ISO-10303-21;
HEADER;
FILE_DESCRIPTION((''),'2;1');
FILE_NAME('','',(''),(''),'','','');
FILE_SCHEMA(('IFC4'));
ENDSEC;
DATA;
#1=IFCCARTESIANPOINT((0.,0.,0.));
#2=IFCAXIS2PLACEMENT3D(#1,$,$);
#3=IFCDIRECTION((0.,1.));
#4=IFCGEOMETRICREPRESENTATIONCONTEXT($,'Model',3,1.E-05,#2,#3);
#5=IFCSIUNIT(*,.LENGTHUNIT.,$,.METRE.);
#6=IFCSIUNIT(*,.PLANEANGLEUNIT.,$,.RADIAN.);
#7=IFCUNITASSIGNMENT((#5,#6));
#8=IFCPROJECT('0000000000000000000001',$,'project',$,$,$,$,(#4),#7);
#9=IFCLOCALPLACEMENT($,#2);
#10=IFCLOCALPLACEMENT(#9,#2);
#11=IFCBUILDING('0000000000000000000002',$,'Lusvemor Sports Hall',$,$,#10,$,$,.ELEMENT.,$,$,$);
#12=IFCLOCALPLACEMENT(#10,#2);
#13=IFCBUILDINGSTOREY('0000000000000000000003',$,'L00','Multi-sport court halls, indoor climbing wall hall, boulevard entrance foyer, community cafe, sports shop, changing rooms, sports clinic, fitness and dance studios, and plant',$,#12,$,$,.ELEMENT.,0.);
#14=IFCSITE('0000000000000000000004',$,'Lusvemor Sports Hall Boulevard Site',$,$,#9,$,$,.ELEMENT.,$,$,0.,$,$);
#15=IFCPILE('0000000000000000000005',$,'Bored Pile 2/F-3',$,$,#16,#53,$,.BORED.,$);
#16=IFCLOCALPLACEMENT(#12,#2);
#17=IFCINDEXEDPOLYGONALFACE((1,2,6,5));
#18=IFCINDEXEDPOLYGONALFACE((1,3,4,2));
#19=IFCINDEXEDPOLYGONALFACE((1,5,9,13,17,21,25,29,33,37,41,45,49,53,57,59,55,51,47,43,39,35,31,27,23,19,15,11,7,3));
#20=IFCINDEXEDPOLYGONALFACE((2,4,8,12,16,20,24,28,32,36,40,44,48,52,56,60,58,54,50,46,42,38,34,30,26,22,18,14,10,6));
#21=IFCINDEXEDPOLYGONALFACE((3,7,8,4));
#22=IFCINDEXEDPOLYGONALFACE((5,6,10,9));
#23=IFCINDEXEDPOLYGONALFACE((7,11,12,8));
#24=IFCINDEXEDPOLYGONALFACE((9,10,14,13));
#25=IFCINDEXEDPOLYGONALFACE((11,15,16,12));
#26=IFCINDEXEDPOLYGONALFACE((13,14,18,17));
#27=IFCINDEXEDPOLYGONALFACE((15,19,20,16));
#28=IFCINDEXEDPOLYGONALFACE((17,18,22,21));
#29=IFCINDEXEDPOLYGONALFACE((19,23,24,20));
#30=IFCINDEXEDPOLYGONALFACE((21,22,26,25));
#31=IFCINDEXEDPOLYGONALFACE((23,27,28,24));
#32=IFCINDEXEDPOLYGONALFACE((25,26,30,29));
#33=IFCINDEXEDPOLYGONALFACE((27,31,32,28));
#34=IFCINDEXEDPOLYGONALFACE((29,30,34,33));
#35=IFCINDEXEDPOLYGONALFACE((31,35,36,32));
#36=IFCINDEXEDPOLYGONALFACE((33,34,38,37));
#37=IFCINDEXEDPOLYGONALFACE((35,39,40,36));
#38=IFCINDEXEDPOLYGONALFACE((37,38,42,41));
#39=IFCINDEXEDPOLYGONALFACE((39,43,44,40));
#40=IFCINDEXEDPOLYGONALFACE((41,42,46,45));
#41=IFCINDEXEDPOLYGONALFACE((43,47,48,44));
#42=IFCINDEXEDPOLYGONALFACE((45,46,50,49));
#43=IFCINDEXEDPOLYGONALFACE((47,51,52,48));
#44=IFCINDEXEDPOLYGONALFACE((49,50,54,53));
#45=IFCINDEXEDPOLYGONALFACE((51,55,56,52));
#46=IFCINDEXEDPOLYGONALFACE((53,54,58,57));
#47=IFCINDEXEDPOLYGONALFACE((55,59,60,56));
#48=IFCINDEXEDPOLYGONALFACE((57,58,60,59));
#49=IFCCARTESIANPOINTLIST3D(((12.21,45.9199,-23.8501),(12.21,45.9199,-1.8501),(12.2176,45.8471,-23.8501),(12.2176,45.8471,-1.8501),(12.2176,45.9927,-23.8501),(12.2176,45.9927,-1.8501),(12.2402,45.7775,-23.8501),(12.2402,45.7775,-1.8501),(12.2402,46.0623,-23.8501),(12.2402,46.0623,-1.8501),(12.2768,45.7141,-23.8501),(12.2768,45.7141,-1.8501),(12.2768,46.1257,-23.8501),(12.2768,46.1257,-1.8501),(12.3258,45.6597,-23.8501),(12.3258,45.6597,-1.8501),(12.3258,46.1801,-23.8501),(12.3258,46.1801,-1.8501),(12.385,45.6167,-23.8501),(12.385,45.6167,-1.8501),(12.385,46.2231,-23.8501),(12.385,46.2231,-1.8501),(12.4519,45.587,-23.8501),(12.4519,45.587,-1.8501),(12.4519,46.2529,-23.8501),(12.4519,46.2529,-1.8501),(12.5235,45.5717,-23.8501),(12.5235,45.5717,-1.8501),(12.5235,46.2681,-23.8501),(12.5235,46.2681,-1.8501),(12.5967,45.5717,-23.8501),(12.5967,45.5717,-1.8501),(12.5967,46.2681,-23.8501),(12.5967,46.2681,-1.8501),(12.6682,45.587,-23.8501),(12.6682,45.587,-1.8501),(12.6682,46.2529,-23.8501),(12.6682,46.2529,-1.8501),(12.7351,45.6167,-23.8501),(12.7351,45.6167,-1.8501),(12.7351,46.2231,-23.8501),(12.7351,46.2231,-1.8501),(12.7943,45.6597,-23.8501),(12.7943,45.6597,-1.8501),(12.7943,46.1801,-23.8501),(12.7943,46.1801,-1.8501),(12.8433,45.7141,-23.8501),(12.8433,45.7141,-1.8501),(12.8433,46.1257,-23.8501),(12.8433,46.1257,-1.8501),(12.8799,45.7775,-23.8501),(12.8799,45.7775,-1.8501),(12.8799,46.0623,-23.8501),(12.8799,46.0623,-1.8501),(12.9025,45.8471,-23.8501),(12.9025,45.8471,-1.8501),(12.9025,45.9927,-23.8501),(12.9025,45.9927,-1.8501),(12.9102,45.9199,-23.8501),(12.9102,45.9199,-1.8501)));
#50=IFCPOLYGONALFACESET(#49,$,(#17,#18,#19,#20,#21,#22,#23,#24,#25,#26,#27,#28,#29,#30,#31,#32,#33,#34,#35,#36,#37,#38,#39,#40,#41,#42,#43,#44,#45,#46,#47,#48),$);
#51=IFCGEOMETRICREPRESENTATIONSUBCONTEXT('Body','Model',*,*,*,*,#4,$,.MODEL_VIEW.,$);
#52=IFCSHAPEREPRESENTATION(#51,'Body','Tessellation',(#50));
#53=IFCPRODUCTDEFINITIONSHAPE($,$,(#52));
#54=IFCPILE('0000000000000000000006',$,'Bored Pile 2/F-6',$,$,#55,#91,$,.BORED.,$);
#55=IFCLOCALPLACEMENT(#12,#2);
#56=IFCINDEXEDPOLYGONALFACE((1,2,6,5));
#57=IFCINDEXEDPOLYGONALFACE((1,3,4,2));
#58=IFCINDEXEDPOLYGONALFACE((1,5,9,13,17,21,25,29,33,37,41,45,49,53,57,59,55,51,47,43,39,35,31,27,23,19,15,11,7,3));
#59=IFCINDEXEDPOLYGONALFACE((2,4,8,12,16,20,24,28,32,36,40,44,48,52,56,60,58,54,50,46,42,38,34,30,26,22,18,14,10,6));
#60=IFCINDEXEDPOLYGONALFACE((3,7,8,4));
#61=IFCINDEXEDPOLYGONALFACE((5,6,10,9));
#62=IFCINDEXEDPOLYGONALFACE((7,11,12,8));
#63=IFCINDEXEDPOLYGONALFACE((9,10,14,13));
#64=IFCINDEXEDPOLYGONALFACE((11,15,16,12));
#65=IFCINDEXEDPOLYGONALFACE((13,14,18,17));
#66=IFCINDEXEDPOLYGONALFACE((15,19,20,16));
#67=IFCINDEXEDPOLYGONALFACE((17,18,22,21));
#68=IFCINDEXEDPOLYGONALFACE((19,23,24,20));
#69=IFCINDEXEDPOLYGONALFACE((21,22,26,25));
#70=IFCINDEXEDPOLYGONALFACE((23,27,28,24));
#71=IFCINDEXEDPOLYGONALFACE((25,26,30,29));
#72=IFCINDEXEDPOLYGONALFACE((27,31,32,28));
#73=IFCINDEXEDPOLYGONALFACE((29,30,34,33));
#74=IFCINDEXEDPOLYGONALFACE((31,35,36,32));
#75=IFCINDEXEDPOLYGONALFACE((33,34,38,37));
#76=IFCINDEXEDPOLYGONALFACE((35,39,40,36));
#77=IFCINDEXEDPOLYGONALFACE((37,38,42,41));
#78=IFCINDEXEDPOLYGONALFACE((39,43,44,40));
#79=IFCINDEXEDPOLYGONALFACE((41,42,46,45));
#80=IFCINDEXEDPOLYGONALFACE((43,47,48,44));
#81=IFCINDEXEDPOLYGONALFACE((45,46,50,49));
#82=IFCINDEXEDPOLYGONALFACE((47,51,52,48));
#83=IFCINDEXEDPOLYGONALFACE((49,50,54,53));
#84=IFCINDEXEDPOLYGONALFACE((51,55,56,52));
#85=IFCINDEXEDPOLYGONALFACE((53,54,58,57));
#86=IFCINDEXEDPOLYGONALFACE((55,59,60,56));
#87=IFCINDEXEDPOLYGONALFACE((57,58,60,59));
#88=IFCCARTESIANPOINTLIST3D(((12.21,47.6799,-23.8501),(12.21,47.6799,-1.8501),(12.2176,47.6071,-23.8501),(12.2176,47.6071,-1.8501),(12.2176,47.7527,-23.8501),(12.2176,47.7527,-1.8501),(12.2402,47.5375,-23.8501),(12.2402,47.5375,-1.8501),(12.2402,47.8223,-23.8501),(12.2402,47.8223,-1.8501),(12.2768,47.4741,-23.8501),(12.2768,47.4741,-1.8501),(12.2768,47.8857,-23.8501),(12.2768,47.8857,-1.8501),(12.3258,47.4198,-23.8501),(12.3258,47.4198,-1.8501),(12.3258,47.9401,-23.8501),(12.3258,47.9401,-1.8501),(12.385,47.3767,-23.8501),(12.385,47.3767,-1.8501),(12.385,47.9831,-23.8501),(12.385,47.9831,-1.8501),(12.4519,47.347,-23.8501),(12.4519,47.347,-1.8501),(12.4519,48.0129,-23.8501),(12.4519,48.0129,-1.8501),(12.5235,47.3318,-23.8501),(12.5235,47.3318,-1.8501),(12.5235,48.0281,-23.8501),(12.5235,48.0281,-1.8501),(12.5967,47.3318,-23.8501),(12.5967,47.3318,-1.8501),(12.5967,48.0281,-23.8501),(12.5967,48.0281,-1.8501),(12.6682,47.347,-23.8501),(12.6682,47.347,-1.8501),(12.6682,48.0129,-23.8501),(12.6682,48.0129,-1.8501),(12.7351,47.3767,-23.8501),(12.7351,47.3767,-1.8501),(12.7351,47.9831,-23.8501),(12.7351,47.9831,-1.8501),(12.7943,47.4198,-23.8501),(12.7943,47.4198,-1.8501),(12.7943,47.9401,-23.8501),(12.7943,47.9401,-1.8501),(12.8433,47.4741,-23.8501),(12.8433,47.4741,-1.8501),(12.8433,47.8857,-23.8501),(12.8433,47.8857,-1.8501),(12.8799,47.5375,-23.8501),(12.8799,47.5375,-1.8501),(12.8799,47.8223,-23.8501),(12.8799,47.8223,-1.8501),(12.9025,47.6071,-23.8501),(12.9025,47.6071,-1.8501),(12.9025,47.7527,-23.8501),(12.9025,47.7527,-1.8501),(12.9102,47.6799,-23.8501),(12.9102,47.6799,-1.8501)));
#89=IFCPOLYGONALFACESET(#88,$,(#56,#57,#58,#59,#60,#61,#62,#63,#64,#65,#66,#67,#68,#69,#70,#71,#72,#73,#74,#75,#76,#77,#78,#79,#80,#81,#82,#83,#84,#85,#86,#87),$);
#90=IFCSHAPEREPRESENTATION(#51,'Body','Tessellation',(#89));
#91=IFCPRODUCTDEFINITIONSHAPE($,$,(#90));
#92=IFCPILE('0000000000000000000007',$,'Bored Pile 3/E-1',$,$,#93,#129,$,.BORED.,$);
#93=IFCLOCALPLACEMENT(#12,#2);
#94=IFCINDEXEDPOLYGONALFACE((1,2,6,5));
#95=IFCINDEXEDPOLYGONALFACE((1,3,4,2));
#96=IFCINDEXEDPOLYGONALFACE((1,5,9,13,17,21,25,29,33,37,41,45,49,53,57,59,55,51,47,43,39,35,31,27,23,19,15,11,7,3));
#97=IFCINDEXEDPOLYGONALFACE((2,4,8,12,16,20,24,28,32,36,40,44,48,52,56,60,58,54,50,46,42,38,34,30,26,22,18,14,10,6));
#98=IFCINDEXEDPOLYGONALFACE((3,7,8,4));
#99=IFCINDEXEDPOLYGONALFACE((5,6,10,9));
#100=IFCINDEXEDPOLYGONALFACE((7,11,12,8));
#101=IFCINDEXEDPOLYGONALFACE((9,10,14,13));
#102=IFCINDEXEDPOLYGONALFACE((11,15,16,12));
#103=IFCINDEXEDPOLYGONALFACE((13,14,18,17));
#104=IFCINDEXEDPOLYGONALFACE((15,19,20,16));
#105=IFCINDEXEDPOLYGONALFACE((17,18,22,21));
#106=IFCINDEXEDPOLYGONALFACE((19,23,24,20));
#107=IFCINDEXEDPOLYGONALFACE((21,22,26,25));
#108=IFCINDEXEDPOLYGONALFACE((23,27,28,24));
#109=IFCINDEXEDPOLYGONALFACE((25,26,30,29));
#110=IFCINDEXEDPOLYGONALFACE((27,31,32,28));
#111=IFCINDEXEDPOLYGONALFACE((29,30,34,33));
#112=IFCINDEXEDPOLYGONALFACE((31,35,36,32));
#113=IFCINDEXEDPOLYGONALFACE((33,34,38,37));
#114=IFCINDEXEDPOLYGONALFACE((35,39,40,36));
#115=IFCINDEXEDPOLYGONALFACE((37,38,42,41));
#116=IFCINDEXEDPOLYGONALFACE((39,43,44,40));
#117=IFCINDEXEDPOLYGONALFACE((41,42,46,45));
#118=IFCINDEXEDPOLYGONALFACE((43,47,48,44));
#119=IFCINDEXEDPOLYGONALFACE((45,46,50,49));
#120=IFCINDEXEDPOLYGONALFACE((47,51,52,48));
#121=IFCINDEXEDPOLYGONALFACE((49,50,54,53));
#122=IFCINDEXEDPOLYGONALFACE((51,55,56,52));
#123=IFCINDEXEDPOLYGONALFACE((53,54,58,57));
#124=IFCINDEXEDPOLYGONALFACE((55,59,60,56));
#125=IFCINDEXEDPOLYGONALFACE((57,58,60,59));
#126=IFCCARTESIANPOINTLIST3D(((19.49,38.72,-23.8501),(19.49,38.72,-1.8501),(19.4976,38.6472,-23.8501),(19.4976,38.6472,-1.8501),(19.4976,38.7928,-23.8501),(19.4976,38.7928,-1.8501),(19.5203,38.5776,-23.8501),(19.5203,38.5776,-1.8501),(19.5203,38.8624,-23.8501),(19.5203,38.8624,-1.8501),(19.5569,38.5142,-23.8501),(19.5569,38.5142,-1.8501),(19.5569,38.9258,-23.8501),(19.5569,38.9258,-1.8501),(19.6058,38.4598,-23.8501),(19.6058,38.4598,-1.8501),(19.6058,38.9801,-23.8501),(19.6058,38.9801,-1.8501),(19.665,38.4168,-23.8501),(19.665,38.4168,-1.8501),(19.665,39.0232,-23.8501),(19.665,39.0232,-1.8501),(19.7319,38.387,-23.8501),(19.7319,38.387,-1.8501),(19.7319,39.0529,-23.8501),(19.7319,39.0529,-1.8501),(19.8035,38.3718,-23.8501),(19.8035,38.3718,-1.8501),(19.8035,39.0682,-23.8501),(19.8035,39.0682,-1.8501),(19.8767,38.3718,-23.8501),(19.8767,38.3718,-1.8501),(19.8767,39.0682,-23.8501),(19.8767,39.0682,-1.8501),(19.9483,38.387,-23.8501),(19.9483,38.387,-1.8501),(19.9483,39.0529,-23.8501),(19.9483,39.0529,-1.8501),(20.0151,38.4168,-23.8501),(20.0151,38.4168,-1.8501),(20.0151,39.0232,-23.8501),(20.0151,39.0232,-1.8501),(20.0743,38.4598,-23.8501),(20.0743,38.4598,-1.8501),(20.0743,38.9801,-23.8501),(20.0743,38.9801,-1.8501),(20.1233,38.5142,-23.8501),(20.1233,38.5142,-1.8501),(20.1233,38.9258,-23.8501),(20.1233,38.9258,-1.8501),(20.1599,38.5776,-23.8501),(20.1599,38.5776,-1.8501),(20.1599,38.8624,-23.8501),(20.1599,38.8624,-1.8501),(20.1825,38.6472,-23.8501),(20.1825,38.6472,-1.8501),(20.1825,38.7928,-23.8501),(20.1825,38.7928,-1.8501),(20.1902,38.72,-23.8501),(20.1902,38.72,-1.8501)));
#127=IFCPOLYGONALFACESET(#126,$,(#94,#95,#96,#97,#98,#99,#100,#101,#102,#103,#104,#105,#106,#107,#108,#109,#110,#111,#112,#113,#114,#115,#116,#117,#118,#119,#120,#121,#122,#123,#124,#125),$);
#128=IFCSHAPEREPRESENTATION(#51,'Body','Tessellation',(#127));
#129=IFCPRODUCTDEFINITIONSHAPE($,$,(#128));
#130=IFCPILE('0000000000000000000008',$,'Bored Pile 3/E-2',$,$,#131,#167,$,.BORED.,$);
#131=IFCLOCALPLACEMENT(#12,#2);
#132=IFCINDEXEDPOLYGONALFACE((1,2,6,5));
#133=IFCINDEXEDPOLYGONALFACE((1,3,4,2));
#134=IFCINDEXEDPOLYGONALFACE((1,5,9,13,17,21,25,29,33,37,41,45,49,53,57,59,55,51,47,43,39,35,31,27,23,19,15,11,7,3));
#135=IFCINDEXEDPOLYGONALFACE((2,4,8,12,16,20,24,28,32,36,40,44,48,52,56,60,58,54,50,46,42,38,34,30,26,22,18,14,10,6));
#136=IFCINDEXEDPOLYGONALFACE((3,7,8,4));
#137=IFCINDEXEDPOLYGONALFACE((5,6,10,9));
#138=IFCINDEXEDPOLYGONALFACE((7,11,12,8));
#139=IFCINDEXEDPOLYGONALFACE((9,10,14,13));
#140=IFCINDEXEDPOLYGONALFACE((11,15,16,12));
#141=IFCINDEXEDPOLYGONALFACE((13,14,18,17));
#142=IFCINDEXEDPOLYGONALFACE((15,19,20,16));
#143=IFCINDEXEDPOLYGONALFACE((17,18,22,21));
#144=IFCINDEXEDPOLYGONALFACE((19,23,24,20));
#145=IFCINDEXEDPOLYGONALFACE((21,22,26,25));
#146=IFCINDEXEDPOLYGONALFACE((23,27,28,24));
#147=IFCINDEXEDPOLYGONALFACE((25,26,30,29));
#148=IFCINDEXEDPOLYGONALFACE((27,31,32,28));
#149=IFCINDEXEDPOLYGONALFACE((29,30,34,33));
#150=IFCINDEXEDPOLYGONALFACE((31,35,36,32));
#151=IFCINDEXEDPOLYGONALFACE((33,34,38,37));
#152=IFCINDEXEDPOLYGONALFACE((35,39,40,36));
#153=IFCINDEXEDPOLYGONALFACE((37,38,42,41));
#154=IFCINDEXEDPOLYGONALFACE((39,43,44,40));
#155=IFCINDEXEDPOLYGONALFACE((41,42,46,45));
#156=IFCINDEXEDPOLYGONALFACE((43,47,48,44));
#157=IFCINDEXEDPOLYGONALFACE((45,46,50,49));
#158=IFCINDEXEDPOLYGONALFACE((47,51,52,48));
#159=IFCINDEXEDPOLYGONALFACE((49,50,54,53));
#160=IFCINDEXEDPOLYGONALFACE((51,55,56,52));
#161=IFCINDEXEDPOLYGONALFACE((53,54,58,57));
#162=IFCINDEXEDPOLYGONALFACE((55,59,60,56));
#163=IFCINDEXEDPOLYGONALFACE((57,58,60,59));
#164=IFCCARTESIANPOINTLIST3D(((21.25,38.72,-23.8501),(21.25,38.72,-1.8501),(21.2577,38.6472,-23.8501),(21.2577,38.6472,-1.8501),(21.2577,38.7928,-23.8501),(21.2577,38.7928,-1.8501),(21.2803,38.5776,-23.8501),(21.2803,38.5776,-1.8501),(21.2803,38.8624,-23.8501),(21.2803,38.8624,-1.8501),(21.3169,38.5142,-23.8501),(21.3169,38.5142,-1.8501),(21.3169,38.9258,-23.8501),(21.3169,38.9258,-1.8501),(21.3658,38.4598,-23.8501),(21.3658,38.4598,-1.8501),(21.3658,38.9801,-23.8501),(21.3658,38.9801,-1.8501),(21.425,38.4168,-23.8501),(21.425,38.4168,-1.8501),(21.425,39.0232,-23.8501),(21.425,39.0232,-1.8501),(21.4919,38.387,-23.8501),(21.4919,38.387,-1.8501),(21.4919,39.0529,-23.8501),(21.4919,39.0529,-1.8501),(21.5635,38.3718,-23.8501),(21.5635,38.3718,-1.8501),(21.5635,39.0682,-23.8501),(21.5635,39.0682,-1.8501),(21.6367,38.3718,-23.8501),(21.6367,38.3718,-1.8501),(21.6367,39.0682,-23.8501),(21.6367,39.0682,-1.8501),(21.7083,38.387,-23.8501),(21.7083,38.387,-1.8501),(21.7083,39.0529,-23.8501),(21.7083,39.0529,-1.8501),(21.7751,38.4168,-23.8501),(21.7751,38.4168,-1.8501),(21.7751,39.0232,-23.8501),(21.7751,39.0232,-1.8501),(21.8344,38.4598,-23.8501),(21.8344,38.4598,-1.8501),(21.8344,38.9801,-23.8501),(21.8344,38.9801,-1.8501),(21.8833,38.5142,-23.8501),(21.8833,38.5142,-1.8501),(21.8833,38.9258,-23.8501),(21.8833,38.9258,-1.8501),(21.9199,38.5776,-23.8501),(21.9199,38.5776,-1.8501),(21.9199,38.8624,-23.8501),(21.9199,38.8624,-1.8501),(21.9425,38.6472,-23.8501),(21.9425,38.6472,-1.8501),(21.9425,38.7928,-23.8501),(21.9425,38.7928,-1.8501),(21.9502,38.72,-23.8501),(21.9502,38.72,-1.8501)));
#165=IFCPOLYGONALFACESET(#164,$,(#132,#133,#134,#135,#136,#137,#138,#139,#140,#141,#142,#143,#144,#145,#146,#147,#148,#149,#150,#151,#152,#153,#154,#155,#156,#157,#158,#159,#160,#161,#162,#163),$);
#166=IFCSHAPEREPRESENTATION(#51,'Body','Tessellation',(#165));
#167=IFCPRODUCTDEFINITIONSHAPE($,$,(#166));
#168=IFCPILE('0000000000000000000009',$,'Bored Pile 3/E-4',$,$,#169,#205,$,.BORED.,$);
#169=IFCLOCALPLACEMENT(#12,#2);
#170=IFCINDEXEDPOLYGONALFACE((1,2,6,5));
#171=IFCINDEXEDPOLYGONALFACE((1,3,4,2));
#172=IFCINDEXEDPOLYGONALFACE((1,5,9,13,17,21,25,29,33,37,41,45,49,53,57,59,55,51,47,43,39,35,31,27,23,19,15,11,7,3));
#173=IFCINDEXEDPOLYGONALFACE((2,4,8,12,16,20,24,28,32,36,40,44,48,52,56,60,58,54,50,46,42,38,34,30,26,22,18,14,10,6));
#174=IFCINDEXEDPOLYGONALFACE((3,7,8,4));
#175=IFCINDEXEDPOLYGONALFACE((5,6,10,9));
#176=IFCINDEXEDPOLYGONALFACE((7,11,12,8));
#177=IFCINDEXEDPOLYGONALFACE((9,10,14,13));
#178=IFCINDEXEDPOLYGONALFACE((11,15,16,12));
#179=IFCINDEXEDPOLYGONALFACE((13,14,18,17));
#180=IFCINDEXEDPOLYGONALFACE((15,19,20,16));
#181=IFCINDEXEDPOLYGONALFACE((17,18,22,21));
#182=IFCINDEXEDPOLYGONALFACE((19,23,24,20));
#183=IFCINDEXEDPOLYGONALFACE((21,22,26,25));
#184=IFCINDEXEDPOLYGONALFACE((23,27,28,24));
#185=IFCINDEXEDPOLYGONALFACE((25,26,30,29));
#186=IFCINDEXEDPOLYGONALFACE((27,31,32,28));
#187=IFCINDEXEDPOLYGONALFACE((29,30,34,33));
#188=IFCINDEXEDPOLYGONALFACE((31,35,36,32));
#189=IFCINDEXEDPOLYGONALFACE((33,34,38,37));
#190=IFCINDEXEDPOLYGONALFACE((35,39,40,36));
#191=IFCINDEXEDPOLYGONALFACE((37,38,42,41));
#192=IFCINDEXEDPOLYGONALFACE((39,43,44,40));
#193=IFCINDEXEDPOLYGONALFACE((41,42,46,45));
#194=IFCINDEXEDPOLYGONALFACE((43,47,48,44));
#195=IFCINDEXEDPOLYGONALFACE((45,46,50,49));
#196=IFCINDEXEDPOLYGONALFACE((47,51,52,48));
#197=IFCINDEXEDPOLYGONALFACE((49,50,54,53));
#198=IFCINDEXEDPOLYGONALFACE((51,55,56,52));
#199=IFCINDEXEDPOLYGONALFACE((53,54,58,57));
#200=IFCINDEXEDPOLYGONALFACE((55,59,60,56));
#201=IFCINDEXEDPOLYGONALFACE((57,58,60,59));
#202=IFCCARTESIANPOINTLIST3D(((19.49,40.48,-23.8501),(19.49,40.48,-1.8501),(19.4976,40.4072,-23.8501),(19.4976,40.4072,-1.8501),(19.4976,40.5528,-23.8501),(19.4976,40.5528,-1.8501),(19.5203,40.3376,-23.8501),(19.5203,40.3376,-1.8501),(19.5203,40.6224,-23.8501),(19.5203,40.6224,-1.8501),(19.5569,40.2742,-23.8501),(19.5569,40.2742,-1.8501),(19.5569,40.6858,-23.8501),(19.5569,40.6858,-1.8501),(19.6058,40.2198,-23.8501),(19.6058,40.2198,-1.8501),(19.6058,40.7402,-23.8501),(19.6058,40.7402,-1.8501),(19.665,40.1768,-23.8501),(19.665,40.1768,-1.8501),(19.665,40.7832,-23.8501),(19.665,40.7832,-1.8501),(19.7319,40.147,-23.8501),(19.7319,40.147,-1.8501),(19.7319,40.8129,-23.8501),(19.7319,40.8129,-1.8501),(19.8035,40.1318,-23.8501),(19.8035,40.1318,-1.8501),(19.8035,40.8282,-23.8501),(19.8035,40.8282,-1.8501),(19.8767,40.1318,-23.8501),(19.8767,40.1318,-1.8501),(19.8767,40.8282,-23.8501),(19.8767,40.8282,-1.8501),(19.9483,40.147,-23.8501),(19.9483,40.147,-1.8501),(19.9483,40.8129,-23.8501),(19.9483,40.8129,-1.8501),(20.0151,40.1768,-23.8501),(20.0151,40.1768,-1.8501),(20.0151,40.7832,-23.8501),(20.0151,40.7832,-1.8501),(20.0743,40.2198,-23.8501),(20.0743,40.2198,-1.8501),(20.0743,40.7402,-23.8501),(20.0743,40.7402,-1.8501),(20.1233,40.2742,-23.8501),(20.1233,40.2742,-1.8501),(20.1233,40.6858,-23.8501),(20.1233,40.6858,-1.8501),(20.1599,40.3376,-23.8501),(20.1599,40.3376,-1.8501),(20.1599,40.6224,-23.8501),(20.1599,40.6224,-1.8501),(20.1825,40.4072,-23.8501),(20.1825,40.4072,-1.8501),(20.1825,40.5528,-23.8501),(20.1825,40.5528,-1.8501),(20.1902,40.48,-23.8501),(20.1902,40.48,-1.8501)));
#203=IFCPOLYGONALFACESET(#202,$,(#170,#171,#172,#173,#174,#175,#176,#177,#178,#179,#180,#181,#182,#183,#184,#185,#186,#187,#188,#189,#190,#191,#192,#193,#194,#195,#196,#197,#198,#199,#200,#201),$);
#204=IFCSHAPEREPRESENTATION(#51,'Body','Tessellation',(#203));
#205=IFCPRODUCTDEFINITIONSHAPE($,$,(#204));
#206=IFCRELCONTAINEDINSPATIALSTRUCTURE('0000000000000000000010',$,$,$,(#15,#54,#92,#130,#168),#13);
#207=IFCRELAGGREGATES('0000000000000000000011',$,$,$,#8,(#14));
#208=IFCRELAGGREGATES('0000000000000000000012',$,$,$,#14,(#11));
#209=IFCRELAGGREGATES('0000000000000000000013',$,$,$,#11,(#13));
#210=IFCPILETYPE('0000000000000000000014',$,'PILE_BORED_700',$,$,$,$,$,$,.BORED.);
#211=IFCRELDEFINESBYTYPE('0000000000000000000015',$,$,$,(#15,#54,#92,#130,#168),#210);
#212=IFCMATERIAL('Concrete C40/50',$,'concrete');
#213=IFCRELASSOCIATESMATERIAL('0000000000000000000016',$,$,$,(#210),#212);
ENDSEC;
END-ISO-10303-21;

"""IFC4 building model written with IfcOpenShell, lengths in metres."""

from ifc_helpers import new_model, si_unit, direction, frame, origin, origin_2d, place, context, subcontext, project, spatial, circle, extrude, material, material_profile, profile_set, type_object, element, save


model = new_model("IFC4")

# Units and contexts
model_context = context("Model", 3, precision=1e-05, world=origin(), true_north=direction((0.0, 1.0)))
body_context = subcontext(model_context, "Body", "Model", "MODEL_VIEW")
ifc_project = project(units=[si_unit("LENGTHUNIT", "METRE"), si_unit("PLANEANGLEUNIT", "RADIAN")], contexts=[model_context])

# Site, building, storey
site_placement = place(None, origin())
site = spatial("IfcSite", under=ifc_project, at=site_placement, Name="Lusvemor Sports Hall Boulevard Site", CompositionType="ELEMENT", RefElevation=0.0)
building_placement = place(site_placement, origin())
building = spatial("IfcBuilding", under=site, at=building_placement, Name="Lusvemor Sports Hall", CompositionType="ELEMENT")
storey_placement = place(building_placement, origin())
storey = spatial("IfcBuildingStorey", under=building, at=storey_placement, Name="L00", Description="Multi-sport court halls, indoor climbing wall hall, boulevard entrance foyer, community cafe, sports shop, changing rooms, sports clinic, fitness and dance studios, and plant", CompositionType="ELEMENT", Elevation=0.0)

# Piles
ifc_material_1 = material(Name="Concrete C40/50", Category="concrete")
ifc_material_profile_1 = material_profile(ifc_material_1, circle(Radius=0.3501, at=origin_2d()), Name="PILE700")
ifc_profile_set_1 = profile_set([ifc_material_profile_1], Name="Concrete C40/50")
pile_type = type_object("IfcPileType", Name="PILE_BORED_700", PredefinedType="BORED", material=ifc_profile_set_1)
for number, where, z_axis, x_axis, name in (
    (1, (12.5601, 45.9199, -1.8501), (0.0, 0.0, -1.0), (1.0, 0.0, 0.0), "Bored Pile 2/F-3"),
    (2, (12.5601, 47.6799, -1.8501), (0.0, 0.0, -1.0), (1.0, 0.0, 0.0), "Bored Pile 2/F-6"),
    (3, (19.8401, 38.72, -1.8501), (0.0, 0.0, -1.0), (1.0, 0.0, 0.0), "Bored Pile 3/E-1"),
    (4, (21.6001, 38.72, -1.8501), (0.0, 0.0, -1.0), (1.0, 0.0, 0.0), "Bored Pile 3/E-2"),
    (5, (19.8401, 40.48, -1.8501), (0.0, 0.0, -1.0), (1.0, 0.0, 0.0), "Bored Pile 3/E-4"),
):
    element("IfcPile", number, at=place(storey_placement, frame(where, z_axis=z_axis, x_axis=x_axis)), inside=storey, type_object=pile_type, Name=name, PredefinedType="BORED", context=body_context, shape_type="SweptSolid", body=[
        extrude(circle(Radius=0.3501, at=origin_2d()), origin(), (0.0, 0.0, 1.0), 22.0),
    ])

save(model, "model.ifc")
